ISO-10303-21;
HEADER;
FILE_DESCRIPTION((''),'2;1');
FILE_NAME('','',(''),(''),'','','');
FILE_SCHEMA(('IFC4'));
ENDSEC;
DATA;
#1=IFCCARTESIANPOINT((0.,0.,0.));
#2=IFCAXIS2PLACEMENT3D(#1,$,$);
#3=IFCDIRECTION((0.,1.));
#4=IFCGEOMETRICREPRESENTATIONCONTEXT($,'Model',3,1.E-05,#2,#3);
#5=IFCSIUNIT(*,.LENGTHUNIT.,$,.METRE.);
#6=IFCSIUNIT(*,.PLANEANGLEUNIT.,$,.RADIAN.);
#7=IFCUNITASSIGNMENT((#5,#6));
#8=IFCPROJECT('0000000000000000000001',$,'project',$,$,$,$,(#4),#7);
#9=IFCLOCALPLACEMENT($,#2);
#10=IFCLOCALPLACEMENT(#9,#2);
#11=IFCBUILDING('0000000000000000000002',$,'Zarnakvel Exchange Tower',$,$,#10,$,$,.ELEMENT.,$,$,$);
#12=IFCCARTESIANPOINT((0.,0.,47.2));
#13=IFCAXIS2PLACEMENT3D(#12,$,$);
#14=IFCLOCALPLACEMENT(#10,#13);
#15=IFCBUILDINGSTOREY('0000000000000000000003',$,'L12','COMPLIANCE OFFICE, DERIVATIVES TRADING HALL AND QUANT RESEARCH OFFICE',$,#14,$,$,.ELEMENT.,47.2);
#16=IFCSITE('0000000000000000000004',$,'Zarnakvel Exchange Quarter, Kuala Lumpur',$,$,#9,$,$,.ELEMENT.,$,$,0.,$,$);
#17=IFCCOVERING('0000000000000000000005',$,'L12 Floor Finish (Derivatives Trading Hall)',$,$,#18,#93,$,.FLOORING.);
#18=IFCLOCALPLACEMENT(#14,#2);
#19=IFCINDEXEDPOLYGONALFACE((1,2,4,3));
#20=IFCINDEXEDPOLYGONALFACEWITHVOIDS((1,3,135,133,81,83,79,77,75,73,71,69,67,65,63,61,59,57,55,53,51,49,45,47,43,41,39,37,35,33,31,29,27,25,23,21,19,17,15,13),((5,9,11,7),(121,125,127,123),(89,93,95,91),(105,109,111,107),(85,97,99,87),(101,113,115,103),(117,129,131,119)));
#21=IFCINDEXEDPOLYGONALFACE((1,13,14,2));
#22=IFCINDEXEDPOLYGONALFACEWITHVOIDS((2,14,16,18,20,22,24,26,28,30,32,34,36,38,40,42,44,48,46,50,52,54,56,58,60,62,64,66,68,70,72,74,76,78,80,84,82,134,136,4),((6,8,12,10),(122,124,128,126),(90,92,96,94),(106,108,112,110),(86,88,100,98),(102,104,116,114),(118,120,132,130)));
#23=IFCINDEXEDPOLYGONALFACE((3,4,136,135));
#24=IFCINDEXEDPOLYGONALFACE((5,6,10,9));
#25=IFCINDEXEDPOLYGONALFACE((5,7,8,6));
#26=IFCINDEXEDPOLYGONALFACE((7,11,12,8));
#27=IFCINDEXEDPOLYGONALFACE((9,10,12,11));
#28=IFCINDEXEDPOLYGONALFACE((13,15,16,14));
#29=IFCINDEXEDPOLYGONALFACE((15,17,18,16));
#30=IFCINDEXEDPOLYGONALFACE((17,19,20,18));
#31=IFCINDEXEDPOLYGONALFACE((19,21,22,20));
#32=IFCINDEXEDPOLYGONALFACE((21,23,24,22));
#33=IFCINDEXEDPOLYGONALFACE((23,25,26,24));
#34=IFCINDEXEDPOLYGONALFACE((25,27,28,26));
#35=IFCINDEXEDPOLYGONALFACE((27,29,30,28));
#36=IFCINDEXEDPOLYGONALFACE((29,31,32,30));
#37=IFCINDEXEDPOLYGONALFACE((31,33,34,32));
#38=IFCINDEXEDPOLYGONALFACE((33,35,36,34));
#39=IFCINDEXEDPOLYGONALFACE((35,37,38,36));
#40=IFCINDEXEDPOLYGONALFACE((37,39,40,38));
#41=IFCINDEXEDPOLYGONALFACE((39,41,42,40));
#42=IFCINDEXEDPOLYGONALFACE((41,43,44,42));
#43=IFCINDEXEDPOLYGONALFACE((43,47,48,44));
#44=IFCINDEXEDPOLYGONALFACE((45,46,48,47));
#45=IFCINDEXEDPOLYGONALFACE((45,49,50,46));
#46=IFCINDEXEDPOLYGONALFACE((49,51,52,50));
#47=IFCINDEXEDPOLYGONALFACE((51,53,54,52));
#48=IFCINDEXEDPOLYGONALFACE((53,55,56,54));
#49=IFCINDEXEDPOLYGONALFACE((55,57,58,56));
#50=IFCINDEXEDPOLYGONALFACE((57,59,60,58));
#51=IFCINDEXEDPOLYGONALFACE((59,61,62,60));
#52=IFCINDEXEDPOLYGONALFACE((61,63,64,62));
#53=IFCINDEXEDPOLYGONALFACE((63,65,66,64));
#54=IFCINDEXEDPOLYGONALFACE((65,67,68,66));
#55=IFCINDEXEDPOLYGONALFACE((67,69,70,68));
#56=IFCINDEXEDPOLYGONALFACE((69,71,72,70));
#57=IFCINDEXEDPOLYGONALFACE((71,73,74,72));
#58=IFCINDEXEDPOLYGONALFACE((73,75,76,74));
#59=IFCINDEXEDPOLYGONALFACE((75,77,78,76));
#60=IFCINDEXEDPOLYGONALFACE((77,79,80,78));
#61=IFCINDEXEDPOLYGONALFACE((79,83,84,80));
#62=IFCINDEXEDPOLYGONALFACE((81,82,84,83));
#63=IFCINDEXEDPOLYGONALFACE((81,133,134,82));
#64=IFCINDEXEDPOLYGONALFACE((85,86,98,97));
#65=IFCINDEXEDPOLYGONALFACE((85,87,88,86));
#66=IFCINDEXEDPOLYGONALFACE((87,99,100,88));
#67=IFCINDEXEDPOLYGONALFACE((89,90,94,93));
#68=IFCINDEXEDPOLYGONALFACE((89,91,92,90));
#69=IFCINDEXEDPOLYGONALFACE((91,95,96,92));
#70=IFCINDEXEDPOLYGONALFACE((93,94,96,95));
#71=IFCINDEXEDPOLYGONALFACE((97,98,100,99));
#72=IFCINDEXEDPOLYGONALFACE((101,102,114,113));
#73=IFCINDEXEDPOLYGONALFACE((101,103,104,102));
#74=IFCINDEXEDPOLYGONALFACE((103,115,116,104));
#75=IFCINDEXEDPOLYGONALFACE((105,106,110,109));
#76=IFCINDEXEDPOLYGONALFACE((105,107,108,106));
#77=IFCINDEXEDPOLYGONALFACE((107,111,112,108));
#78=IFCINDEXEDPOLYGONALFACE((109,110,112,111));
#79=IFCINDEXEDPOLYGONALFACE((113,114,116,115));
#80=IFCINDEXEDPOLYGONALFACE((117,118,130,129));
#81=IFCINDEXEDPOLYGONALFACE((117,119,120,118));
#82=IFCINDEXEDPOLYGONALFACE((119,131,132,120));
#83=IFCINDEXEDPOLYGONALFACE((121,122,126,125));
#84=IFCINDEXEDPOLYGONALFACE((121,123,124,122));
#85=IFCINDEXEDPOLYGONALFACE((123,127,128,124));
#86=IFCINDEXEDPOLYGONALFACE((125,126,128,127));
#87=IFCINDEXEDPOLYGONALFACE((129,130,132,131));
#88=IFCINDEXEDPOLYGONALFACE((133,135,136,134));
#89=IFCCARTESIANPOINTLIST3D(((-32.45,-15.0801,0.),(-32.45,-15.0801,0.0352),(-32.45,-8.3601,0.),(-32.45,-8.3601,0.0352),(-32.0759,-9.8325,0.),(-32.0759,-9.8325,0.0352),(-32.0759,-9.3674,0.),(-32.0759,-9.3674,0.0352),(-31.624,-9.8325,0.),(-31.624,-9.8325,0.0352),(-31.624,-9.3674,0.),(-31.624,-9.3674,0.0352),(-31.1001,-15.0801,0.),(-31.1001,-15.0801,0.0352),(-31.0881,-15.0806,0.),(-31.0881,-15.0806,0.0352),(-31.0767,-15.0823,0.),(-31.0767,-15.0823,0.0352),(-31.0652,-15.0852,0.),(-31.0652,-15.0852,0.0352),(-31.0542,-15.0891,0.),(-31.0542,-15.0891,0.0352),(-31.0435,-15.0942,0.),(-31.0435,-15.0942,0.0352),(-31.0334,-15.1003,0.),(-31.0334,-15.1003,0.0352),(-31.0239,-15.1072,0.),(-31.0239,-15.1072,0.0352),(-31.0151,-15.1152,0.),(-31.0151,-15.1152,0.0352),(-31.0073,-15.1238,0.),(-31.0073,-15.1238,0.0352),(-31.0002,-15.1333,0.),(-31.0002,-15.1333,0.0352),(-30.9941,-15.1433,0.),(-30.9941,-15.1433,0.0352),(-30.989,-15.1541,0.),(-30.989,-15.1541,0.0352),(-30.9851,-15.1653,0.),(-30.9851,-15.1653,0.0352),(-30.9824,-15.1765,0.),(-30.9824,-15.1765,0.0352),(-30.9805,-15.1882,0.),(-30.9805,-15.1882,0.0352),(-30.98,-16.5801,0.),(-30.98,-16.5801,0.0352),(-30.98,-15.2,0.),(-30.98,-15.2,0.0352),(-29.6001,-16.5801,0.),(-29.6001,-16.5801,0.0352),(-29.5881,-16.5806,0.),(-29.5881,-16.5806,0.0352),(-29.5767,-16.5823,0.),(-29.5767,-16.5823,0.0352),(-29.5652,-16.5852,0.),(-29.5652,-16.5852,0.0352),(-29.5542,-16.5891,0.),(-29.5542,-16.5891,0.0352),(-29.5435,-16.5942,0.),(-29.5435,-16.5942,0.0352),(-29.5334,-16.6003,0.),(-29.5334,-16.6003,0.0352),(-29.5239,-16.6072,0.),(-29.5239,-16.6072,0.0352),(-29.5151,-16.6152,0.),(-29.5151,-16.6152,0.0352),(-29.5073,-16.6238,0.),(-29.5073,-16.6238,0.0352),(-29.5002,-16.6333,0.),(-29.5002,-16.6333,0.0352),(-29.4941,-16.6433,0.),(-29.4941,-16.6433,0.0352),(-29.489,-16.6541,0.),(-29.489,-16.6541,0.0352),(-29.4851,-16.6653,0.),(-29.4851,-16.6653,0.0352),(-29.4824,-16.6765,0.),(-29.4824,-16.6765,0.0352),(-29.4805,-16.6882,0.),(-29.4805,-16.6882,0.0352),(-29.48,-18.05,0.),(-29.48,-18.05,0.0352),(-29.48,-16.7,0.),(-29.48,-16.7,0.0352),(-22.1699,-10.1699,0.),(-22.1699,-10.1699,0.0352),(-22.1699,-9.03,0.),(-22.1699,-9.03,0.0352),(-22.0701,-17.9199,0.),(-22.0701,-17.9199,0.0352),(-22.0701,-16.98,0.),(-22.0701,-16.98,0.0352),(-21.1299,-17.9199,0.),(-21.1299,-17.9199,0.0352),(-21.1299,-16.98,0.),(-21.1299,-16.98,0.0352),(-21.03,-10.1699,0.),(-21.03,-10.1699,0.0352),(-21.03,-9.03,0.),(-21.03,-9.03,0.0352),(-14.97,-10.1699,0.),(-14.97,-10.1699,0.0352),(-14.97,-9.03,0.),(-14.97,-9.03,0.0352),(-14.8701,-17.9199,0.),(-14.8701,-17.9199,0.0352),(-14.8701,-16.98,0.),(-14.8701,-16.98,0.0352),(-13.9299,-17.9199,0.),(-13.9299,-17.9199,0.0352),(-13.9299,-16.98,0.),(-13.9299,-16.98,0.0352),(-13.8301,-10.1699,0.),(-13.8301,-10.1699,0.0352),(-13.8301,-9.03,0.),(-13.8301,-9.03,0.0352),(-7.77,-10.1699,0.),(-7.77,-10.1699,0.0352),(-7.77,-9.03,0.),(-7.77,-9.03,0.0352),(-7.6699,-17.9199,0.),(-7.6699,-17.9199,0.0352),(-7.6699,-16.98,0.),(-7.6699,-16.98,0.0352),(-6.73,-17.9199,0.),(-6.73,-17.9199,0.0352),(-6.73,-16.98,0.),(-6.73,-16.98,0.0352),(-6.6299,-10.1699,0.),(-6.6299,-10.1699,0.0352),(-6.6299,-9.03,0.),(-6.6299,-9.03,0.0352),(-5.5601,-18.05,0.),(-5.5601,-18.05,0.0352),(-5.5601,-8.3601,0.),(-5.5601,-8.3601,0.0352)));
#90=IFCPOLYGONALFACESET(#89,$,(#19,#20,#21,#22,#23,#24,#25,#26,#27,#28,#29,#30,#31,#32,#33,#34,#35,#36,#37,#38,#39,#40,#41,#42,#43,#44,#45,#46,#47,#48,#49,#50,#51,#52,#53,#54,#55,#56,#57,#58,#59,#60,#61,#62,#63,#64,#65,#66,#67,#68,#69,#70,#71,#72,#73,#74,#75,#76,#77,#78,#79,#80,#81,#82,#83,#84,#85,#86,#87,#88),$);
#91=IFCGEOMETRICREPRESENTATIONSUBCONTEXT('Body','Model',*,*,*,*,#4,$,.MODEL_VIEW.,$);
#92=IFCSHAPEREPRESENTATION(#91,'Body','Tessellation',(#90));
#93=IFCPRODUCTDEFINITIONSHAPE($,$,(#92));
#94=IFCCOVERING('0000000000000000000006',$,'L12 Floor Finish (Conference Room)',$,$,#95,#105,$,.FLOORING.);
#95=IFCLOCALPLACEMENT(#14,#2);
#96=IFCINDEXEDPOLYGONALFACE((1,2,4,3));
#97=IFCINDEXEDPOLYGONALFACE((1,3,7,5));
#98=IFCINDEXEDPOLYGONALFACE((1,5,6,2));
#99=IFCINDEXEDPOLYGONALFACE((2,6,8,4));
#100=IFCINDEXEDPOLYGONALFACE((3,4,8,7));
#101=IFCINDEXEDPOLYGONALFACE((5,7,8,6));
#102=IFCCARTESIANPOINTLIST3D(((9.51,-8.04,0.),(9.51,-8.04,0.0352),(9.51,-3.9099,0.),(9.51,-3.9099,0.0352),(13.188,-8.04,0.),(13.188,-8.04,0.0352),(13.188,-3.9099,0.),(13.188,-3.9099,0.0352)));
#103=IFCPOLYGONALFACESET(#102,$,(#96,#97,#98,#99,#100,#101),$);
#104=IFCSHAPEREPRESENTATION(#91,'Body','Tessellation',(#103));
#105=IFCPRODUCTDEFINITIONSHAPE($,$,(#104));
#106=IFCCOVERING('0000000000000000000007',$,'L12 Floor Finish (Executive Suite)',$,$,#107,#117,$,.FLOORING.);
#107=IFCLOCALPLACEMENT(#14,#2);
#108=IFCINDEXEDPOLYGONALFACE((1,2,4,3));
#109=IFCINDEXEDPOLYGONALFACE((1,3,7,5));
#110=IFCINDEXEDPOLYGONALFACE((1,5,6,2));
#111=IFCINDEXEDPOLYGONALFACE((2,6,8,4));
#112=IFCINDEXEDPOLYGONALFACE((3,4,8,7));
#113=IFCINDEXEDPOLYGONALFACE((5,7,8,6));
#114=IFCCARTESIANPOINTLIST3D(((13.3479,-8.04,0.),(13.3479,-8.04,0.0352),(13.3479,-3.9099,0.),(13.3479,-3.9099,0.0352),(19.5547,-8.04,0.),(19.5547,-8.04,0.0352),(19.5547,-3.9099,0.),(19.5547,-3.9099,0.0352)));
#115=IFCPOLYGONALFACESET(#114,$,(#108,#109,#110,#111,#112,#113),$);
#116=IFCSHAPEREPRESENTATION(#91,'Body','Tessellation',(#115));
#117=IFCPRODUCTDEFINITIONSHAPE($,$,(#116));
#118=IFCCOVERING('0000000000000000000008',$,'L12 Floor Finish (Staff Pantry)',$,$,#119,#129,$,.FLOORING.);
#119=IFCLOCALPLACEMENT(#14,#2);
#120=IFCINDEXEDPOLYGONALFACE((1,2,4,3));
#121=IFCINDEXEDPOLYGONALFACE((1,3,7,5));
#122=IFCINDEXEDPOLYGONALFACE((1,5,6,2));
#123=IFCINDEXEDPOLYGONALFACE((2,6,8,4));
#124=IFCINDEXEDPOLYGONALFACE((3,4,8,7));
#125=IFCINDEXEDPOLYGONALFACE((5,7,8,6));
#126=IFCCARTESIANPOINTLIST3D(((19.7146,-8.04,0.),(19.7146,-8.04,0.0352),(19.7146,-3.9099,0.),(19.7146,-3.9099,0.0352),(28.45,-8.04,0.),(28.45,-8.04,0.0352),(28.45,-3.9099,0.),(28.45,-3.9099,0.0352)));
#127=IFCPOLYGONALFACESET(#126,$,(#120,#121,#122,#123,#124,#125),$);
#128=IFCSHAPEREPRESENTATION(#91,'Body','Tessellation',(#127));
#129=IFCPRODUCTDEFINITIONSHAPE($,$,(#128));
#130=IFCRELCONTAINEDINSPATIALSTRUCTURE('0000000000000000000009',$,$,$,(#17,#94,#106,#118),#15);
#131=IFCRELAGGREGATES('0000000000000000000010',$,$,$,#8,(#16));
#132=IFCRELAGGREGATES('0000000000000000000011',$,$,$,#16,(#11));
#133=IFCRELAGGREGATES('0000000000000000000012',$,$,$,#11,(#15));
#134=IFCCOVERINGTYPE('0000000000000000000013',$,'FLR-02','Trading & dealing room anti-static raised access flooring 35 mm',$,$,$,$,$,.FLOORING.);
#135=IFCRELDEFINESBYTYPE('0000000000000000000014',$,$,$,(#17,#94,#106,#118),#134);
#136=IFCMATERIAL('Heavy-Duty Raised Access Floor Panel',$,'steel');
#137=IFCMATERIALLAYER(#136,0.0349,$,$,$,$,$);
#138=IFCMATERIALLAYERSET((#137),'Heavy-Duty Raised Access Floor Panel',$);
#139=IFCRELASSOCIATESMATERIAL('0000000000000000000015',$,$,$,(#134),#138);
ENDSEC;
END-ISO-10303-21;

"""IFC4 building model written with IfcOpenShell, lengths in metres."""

from ifc_helpers import new_model, si_unit, direction, frame, origin, place, context, subcontext, project, spatial, polyline, outline, extrude, material, layer, layer_set, type_object, element, save


model = new_model("IFC4")

# Units and contexts
model_context = context("Model", 3, precision=1e-05, world=origin(), true_north=direction((0.0, 1.0)))
body_context = subcontext(model_context, "Body", "Model", "MODEL_VIEW")
ifc_project = project(units=[si_unit("LENGTHUNIT", "METRE"), si_unit("PLANEANGLEUNIT", "RADIAN")], contexts=[model_context])

# Site, building, storey
site_placement = place(None, origin())
site = spatial("IfcSite", under=ifc_project, at=site_placement, Name="Zarnakvel Exchange Quarter, Kuala Lumpur", CompositionType="ELEMENT", RefElevation=0.0)
building_placement = place(site_placement, origin())
building = spatial("IfcBuilding", under=site, at=building_placement, Name="Zarnakvel Exchange Tower", CompositionType="ELEMENT")
storey_placement = place(building_placement, frame((0.0, 0.0, 47.2)))
storey = spatial("IfcBuildingStorey", under=building, at=storey_placement, Name="L12", Description="COMPLIANCE OFFICE, DERIVATIVES TRADING HALL AND QUANT RESEARCH OFFICE", CompositionType="ELEMENT", Elevation=47.2)

# Coverings
ifc_material_1 = material(Name="Heavy-Duty Raised Access Floor Panel", Category="steel")
ifc_layer_1 = layer(ifc_material_1, 0.0349)
ifc_layer_set_1 = layer_set([ifc_layer_1], Name="Heavy-Duty Raised Access Floor Panel")
covering_type_1 = type_object("IfcCoveringType", Name="FLR-02", Description="Trading & dealing room anti-static raised access flooring 35 mm", PredefinedType="FLOORING", material=ifc_layer_set_1)
covering_1_placement = place(storey_placement, origin())
element("IfcCovering", 1, at=covering_1_placement, inside=storey, type_object=covering_type_1, Name="L12 Floor Finish (Derivatives Trading Hall)", PredefinedType="FLOORING", context=body_context, shape_type="SweptSolid", body=[
    extrude(outline(polyline([(-5.5601, -8.3601), (-5.5601, -18.05), (-29.48, -18.05), (-29.48, -16.7), (-29.4805, -16.6882), (-29.4824, -16.6765), (-29.4851, -16.6653), (-29.489, -16.6541), (-29.4941, -16.6433), (-29.5002, -16.6333), (-29.5073, -16.6238), (-29.5151, -16.6152), (-29.5239, -16.6072), (-29.5334, -16.6003), (-29.5435, -16.5942), (-29.5542, -16.5891), (-29.5652, -16.5852), (-29.5767, -16.5823), (-29.5881, -16.5806), (-29.6001, -16.5801), (-30.98, -16.5801), (-30.98, -15.2), (-30.9805, -15.1882), (-30.9824, -15.1765), (-30.9851, -15.1653), (-30.989, -15.1541), (-30.9941, -15.1433), (-31.0002, -15.1333), (-31.0073, -15.1238), (-31.0151, -15.1152), (-31.0239, -15.1072), (-31.0334, -15.1003), (-31.0435, -15.0942), (-31.0542, -15.0891), (-31.0652, -15.0852), (-31.0767, -15.0823), (-31.0881, -15.0806), (-31.1001, -15.0801), (-32.45, -15.0801), (-32.45, -8.3601), (-5.5601, -8.3601)]), holes=[polyline([(-7.77, -10.1699), (-6.6299, -10.1699), (-6.6299, -9.03), (-7.77, -9.03), (-7.77, -10.1699)]), polyline([(-6.73, -17.9199), (-6.73, -16.98), (-7.6699, -16.98), (-7.6699, -17.9199), (-6.73, -17.9199)]), polyline([(-13.8301, -10.1699), (-13.8301, -9.03), (-14.97, -9.03), (-14.97, -10.1699), (-13.8301, -10.1699)]), polyline([(-13.9299, -17.9199), (-13.9299, -16.98), (-14.8701, -16.98), (-14.8701, -17.9199), (-13.9299, -17.9199)]), polyline([(-21.03, -10.1699), (-21.03, -9.03), (-22.1699, -9.03), (-22.1699, -10.1699), (-21.03, -10.1699)]), polyline([(-21.1299, -17.9199), (-21.1299, -16.98), (-22.0701, -16.98), (-22.0701, -17.9199), (-21.1299, -17.9199)]), polyline([(-32.0759, -9.8325), (-31.624, -9.8325), (-31.624, -9.3674), (-32.0759, -9.3674), (-32.0759, -9.8325)])]), origin(), (0.0, 0.0, 1.0), 0.0352),
])
covering_2_placement = place(storey_placement, origin())
element("IfcCovering", 2, at=covering_2_placement, inside=storey, type_object=covering_type_1, Name="L12 Floor Finish (Conference Room)", PredefinedType="FLOORING", context=body_context, shape_type="SweptSolid", body=[
    extrude(outline(polyline([(9.51, -3.9099), (13.188, -3.9099), (13.188, -8.04), (9.51, -8.04), (9.51, -3.9099)])), origin(), (0.0, 0.0, 1.0), 0.0352),
])
covering_3_placement = place(storey_placement, origin())
element("IfcCovering", 3, at=covering_3_placement, inside=storey, type_object=covering_type_1, Name="L12 Floor Finish (Executive Suite)", PredefinedType="FLOORING", context=body_context, shape_type="SweptSolid", body=[
    extrude(outline(polyline([(13.3479, -3.9099), (19.5547, -3.9099), (19.5547, -8.04), (13.3479, -8.04), (13.3479, -3.9099)])), origin(), (0.0, 0.0, 1.0), 0.0352),
])
covering_4_placement = place(storey_placement, origin())
element("IfcCovering", 4, at=covering_4_placement, inside=storey, type_object=covering_type_1, Name="L12 Floor Finish (Staff Pantry)", PredefinedType="FLOORING", context=body_context, shape_type="SweptSolid", body=[
    extrude(outline(polyline([(19.7146, -3.9099), (28.45, -3.9099), (28.45, -8.04), (19.7146, -8.04), (19.7146, -3.9099)])), origin(), (0.0, 0.0, 1.0), 0.0352),
])

save(model, "model.ifc")
